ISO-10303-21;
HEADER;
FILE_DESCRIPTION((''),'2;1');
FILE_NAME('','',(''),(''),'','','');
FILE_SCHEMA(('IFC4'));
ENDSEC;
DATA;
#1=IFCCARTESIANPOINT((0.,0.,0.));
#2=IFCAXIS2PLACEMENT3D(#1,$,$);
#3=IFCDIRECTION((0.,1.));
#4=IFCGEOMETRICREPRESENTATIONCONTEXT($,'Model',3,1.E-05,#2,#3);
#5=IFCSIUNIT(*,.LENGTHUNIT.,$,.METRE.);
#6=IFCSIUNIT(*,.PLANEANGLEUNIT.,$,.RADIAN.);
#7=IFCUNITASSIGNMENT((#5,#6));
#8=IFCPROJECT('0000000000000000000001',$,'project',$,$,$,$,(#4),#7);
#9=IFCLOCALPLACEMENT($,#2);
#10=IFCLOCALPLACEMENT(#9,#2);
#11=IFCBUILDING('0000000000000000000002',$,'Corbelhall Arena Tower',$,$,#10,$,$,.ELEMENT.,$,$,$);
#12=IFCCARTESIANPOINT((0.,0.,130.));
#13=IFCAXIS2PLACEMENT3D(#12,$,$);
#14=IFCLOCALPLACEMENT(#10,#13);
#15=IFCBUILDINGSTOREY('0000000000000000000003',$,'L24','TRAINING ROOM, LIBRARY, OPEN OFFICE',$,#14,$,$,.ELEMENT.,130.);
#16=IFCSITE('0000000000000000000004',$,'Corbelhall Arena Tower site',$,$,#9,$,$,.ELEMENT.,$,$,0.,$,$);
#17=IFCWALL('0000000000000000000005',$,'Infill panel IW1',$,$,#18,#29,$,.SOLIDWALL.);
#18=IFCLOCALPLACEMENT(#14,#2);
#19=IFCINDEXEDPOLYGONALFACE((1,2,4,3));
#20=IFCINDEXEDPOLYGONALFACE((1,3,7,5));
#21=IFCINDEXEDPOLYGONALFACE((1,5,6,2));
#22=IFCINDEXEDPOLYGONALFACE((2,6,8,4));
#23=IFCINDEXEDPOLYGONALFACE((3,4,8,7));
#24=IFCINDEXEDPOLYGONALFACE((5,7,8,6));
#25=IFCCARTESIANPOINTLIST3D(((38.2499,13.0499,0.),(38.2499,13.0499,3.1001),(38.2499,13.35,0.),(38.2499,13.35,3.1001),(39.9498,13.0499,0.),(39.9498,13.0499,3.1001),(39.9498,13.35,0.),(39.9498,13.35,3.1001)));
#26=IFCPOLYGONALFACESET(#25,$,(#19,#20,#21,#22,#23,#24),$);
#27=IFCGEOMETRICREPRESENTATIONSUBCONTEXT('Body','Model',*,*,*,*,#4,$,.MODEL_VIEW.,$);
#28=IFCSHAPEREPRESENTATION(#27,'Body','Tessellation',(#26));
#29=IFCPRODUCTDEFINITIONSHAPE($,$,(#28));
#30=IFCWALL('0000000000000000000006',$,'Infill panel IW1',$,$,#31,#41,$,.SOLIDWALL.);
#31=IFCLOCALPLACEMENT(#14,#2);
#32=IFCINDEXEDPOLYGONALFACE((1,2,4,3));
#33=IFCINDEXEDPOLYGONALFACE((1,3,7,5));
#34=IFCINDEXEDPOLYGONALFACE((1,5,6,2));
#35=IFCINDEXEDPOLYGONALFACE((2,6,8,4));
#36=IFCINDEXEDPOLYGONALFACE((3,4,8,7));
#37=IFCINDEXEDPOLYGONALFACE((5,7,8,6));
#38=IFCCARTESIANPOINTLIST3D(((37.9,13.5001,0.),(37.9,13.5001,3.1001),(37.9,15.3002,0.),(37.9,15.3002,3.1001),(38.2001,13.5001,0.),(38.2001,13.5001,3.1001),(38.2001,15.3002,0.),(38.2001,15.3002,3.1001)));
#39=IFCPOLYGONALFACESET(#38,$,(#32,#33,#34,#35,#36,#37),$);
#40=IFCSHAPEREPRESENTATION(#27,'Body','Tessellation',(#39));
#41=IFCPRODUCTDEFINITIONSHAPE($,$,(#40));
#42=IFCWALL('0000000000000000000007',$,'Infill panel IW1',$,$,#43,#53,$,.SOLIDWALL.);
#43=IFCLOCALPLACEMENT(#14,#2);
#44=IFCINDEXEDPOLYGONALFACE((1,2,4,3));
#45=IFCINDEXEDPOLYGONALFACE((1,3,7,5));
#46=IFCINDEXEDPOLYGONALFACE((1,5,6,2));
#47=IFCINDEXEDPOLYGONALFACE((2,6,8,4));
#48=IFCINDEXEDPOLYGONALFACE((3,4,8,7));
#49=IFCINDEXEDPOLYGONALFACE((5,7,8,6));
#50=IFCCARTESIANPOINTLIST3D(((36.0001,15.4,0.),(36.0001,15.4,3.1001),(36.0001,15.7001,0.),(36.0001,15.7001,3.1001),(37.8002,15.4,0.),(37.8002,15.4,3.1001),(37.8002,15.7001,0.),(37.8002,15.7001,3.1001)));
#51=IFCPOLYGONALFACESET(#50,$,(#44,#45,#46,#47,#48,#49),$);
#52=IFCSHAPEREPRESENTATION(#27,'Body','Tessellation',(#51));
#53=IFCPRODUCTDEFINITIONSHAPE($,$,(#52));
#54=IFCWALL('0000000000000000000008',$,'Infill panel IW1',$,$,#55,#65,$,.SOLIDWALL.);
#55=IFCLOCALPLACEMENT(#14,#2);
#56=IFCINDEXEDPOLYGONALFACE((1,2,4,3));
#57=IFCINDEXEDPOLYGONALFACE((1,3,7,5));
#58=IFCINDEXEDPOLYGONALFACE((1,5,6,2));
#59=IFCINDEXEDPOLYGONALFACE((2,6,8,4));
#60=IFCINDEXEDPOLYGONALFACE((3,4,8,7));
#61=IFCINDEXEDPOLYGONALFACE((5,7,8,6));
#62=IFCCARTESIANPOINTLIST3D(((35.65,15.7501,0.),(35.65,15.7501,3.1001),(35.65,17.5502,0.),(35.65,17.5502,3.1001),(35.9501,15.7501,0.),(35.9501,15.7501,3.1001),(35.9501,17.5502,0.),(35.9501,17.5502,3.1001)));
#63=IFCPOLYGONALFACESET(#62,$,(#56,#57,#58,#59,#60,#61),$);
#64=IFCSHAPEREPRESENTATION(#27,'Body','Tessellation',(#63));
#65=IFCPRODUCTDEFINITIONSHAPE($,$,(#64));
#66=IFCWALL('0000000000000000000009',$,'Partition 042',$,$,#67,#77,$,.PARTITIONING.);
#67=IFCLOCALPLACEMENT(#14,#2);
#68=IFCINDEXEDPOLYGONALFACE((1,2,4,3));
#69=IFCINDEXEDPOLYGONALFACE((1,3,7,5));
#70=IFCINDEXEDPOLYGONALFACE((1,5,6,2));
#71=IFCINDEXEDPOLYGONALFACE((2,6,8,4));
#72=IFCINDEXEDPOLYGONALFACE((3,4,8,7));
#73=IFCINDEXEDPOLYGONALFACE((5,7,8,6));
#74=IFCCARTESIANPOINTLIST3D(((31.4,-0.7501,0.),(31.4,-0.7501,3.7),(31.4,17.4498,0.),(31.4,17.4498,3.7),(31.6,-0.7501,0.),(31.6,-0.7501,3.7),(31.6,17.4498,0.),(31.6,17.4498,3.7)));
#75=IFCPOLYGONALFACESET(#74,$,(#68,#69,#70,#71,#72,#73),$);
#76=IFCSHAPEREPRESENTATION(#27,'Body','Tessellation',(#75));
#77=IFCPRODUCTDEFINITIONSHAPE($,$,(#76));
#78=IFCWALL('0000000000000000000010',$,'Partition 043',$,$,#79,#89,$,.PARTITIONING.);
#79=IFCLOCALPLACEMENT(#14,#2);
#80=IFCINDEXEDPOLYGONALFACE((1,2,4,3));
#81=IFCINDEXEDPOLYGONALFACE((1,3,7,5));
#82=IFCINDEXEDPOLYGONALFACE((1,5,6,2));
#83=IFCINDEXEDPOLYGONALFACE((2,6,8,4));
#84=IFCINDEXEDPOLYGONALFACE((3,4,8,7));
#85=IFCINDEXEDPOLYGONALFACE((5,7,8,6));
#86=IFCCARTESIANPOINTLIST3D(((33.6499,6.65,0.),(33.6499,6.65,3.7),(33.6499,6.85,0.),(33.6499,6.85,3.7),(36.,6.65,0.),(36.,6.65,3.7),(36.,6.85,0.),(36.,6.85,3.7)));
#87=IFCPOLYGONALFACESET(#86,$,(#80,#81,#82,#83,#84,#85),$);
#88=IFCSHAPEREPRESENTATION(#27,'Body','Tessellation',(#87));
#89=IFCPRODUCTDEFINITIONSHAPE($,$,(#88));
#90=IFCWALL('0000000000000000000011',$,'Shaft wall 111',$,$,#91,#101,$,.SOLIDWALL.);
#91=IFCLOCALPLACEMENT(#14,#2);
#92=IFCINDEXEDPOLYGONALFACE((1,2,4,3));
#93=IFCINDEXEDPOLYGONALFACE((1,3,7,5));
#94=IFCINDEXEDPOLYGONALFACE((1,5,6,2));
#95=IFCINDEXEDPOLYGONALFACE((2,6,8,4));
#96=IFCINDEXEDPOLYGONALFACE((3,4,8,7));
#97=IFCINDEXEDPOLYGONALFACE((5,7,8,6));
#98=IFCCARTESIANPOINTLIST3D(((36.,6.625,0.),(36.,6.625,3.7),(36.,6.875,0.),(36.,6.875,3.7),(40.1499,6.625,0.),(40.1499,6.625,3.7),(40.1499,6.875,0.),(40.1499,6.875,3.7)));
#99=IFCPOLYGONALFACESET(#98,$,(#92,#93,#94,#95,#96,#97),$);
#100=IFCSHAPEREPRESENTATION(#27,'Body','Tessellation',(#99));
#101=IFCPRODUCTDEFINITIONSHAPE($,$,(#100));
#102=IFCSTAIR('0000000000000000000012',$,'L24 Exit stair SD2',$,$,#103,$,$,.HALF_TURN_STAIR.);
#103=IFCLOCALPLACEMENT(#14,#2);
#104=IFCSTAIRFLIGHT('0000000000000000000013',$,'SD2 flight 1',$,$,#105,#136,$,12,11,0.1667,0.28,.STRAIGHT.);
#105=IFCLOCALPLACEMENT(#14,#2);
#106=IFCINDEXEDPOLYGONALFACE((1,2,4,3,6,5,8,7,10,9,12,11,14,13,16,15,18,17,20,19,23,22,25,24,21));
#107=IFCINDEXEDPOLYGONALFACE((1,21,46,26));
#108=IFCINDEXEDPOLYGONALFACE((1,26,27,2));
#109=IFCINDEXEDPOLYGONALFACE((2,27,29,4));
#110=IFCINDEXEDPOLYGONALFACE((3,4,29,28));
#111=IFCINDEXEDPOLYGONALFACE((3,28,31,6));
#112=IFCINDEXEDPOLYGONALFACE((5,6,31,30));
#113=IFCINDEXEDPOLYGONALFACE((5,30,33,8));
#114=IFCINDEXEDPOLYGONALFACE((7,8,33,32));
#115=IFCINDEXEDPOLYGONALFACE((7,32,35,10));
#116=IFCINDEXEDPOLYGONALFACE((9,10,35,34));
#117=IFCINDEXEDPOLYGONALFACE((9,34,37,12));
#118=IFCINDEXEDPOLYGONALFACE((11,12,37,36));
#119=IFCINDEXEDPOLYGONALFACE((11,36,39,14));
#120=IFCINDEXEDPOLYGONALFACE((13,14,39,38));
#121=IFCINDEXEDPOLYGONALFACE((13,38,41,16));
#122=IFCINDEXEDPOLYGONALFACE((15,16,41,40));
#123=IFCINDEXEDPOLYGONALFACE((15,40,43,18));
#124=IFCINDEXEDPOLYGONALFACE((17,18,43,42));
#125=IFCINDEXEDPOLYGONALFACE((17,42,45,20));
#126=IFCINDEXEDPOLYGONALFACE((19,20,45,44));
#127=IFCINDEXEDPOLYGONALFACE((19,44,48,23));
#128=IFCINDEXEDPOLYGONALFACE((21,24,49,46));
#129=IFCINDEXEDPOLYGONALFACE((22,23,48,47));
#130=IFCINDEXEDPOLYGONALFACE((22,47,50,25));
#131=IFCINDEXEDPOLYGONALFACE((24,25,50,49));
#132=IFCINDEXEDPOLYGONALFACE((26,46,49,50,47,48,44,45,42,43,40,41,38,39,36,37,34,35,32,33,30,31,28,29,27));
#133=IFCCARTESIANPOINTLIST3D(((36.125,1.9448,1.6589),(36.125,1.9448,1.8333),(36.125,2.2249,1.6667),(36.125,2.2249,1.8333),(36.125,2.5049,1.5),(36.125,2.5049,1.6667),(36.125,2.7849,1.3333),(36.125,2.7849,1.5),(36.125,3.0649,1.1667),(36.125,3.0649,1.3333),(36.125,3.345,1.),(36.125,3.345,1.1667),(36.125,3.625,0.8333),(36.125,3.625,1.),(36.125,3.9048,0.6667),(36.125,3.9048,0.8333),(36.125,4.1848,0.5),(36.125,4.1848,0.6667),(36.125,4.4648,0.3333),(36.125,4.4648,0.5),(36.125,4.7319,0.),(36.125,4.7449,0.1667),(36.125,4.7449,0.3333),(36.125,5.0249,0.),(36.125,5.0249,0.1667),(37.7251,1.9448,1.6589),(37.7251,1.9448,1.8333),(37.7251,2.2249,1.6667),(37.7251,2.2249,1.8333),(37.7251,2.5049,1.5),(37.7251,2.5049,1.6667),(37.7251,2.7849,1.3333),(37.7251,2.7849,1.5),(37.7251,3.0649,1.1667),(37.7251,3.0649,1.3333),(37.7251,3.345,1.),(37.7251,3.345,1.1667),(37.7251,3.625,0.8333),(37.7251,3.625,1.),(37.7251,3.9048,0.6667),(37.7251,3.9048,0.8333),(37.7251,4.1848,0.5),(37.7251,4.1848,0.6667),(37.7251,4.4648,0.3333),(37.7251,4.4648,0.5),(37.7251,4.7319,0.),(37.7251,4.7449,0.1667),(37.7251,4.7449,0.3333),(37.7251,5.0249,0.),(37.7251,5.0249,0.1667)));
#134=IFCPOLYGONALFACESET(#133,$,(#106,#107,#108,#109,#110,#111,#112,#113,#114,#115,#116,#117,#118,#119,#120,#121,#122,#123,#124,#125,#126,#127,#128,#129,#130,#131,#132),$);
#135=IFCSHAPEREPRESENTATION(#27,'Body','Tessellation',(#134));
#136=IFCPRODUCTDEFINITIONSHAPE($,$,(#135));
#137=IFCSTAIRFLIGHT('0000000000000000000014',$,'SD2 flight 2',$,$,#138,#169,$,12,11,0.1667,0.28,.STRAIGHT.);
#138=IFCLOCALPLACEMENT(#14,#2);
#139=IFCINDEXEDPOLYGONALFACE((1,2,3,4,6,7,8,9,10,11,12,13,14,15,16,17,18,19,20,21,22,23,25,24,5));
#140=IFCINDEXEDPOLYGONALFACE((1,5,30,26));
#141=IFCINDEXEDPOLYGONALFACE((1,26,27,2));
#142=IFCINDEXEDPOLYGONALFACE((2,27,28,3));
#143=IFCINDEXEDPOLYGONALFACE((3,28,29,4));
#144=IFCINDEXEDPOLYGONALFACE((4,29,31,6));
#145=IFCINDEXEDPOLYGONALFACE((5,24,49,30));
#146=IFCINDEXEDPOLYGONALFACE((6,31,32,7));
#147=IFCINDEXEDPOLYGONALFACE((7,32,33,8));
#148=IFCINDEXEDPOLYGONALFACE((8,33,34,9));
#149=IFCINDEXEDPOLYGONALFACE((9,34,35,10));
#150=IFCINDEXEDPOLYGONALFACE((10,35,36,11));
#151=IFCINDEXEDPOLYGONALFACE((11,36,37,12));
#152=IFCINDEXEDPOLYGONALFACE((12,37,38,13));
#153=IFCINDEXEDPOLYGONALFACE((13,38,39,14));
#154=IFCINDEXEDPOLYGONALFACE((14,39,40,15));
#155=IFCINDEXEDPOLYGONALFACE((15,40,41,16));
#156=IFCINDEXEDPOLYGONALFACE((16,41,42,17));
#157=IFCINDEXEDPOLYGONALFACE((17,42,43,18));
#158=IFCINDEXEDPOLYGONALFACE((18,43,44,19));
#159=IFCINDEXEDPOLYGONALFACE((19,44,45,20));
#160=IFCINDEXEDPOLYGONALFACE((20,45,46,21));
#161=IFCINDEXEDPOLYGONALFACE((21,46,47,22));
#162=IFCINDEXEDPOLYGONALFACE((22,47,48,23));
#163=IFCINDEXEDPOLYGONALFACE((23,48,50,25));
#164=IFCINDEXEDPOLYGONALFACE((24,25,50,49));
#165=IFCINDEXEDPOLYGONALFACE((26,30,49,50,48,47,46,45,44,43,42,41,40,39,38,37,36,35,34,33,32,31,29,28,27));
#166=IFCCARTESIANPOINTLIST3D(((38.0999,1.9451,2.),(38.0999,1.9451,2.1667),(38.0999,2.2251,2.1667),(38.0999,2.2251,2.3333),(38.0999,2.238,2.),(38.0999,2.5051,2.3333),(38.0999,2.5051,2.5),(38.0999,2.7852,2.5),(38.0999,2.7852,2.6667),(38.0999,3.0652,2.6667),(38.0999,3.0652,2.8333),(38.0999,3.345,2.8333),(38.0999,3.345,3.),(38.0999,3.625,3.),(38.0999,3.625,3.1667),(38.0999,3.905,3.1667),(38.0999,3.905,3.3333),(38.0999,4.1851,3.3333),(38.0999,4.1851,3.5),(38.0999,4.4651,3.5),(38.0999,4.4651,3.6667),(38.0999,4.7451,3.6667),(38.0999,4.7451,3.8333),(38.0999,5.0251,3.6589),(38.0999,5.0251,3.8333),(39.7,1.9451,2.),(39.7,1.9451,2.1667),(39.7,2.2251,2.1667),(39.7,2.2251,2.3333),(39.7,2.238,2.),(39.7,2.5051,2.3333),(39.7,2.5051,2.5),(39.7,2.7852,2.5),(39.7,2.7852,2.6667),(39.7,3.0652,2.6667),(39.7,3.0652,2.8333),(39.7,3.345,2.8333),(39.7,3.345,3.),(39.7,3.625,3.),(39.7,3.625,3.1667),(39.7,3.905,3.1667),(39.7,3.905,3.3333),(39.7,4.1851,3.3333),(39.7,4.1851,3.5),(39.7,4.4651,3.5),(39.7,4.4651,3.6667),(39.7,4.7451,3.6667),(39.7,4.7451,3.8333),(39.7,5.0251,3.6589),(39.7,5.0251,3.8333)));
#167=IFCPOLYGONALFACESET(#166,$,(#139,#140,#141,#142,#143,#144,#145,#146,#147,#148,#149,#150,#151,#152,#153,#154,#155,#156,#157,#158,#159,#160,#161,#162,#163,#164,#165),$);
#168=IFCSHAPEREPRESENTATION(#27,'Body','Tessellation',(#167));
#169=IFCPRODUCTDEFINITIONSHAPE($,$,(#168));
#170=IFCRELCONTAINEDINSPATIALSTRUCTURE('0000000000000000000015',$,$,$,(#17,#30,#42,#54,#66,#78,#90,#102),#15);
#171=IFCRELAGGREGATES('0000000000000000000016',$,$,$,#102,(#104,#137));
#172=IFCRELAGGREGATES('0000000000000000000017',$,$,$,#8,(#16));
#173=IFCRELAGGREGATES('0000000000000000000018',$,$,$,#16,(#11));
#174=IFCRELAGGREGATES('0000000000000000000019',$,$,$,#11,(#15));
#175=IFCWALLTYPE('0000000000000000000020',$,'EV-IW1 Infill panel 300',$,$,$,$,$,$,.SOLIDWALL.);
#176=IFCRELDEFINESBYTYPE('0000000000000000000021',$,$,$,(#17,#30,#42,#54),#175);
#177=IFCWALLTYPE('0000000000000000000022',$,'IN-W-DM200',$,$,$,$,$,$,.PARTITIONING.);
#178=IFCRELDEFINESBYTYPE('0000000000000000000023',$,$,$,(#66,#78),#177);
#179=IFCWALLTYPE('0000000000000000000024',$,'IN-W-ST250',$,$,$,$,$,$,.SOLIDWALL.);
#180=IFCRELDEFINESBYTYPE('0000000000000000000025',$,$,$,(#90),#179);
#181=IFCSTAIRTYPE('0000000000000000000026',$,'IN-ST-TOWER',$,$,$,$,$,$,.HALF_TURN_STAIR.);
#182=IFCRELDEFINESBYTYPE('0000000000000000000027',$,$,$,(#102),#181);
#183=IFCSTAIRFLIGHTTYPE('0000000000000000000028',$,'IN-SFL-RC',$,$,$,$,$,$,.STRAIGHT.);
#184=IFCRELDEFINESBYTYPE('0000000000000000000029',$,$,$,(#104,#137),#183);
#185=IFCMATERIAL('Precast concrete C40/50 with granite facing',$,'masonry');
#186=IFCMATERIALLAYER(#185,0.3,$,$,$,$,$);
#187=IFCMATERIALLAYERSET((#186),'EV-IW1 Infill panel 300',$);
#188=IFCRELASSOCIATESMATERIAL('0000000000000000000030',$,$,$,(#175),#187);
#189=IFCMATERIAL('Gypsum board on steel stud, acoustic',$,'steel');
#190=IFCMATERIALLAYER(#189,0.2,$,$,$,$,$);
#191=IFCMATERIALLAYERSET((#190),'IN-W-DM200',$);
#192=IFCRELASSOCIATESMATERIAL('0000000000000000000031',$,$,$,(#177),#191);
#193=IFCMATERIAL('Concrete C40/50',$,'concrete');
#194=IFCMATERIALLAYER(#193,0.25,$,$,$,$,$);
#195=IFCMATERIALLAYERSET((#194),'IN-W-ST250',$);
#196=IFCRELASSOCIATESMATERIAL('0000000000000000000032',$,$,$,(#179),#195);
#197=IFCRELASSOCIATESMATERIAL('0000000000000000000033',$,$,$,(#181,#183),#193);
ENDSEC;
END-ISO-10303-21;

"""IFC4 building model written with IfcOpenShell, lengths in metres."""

from ifc_helpers import new_model, si_unit, direction, frame, frame_2d, origin, place, context, subcontext, project, spatial, polyline, rectangle, outline, extrude, material, layer, layer_set, type_object, element, aggregate, save


model = new_model("IFC4")

# Units and contexts
model_context = context("Model", 3, precision=1e-05, world=origin(), true_north=direction((0.0, 1.0)))
body_context = subcontext(model_context, "Body", "Model", "MODEL_VIEW")
ifc_project = project(units=[si_unit("LENGTHUNIT", "METRE"), si_unit("PLANEANGLEUNIT", "RADIAN")], contexts=[model_context])

# Site, building, storey
site_placement = place(None, origin())
site = spatial("IfcSite", under=ifc_project, at=site_placement, Name="Corbelhall Arena Tower site", CompositionType="ELEMENT", RefElevation=0.0)
building_placement = place(site_placement, origin())
building = spatial("IfcBuilding", under=site, at=building_placement, Name="Corbelhall Arena Tower", CompositionType="ELEMENT")
storey_placement = place(building_placement, frame((0.0, 0.0, 130.0)))
storey = spatial("IfcBuildingStorey", under=building, at=storey_placement, Name="L24", Description="TRAINING ROOM, LIBRARY, OPEN OFFICE", CompositionType="ELEMENT", Elevation=130.0)

# Walls
ifc_material_1 = material(Name="Precast concrete C40/50 with granite facing", Category="masonry")
ifc_layer_1 = layer(ifc_material_1, 0.3)
ifc_layer_set_1 = layer_set([ifc_layer_1], Name="EV-IW1 Infill panel 300")
wall_type_1 = type_object("IfcWallType", Name="EV-IW1 Infill panel 300", PredefinedType="SOLIDWALL", material=ifc_layer_set_1)
wall_1_placement = place(storey_placement, frame((39.95, 13.2, 0.0), z_axis=(0.0, 0.0, 1.0), x_axis=(-1.0, 0.0, 0.0)))
element("IfcWall", 1, at=wall_1_placement, inside=storey, type_object=wall_type_1, Name="Infill panel IW1", PredefinedType="SOLIDWALL", context=body_context, shape_type="SweptSolid", body=[
    extrude(rectangle(XDim=1.7, YDim=0.3, at=frame_2d((0.8501, 0.0))), origin(), (0.0, 0.0, 1.0), 3.1001),
])
for number, where, z_axis, x_axis, name in (
    (2, (38.05, 15.3, 0.0), (0.0, 0.0, 1.0), (0.0, -1.0, 0.0), "Infill panel IW1"),
    (3, (37.8, 15.55, 0.0), (0.0, 0.0, 1.0), (-1.0, 0.0, 0.0), "Infill panel IW1"),
    (4, (35.8, 17.55, 0.0), (0.0, 0.0, 1.0), (0.0, -1.0, 0.0), "Infill panel IW1"),
):
    element("IfcWall", number, at=place(storey_placement, frame(where, z_axis=z_axis, x_axis=x_axis)), inside=storey, type_object=wall_type_1, Name=name, PredefinedType="SOLIDWALL", context=body_context, shape_type="SweptSolid", body=[
        extrude(rectangle(XDim=1.8, YDim=0.3, at=frame_2d((0.8999, 0.0))), origin(), (0.0, 0.0, 1.0), 3.1001),
    ])

# Walls
ifc_material_2 = material(Name="Gypsum board on steel stud, acoustic", Category="steel")
ifc_layer_2 = layer(ifc_material_2, 0.2)
ifc_layer_set_2 = layer_set([ifc_layer_2], Name="IN-W-DM200")
wall_type_2 = type_object("IfcWallType", Name="IN-W-DM200", PredefinedType="PARTITIONING", material=ifc_layer_set_2)
wall_2_placement = place(storey_placement, frame((31.5, 17.45, 0.0), z_axis=(0.0, 0.0, 1.0), x_axis=(0.0, -1.0, 0.0)))
element("IfcWall", 5, at=wall_2_placement, inside=storey, type_object=wall_type_2, Name="Partition 042", PredefinedType="PARTITIONING", context=body_context, shape_type="SweptSolid", body=[
    extrude(rectangle(XDim=18.2, YDim=0.2, at=frame_2d((9.1001, 0.0))), origin(), (0.0, 0.0, 1.0), 3.7),
])
wall_3_placement = place(storey_placement, frame((33.6499, 6.75, 0.0), z_axis=(0.0, 0.0, 1.0), x_axis=(1.0, 0.0, 0.0)))
element("IfcWall", 6, at=wall_3_placement, inside=storey, type_object=wall_type_2, Name="Partition 043", PredefinedType="PARTITIONING", context=body_context, shape_type="SweptSolid", body=[
    extrude(rectangle(XDim=2.3501, YDim=0.2, at=frame_2d((1.175, 0.0))), origin(), (0.0, 0.0, 1.0), 3.7),
])
ifc_material_3 = material(Name="Concrete C40/50", Category="concrete")
ifc_layer_3 = layer(ifc_material_3, 0.25)
ifc_layer_set_3 = layer_set([ifc_layer_3], Name="IN-W-ST250")
wall_type_3 = type_object("IfcWallType", Name="IN-W-ST250", PredefinedType="SOLIDWALL", material=ifc_layer_set_3)
wall_4_placement = place(storey_placement, frame((36.0, 6.75, 0.0), z_axis=(0.0, 0.0, 1.0), x_axis=(1.0, 0.0, 0.0)))
element("IfcWall", 7, at=wall_4_placement, inside=storey, type_object=wall_type_3, Name="Shaft wall 111", PredefinedType="SOLIDWALL", context=body_context, shape_type="SweptSolid", body=[
    extrude(rectangle(XDim=4.1499, YDim=0.25, at=frame_2d((2.075, 0.0))), origin(), (0.0, 0.0, 1.0), 3.7),
])

# Stair, stair flights
stair_type = type_object("IfcStairType", Name="IN-ST-TOWER", PredefinedType="HALF_TURN_STAIR", material=ifc_material_3)
stair_placement = place(storey_placement, origin())
stair = element("IfcStair", 8, at=stair_placement, inside=storey, type_object=stair_type, Name="L24 Exit stair SD2", PredefinedType="HALF_TURN_STAIR")
stair_flight_type = type_object("IfcStairFlightType", Name="IN-SFL-RC", PredefinedType="STRAIGHT", material=ifc_material_3)
stair_flight_1_placement = place(storey_placement, frame((36.925, 5.0249, 0.0), z_axis=(0.0, 0.0, 1.0), x_axis=(0.0, -1.0, 0.0)))
stair_flight_1 = element("IfcStairFlight", 9, at=stair_flight_1_placement, type_object=stair_flight_type, Name="SD2 flight 1", NumberOfRisers=12, NumberOfTreads=11, PredefinedType="STRAIGHT", RiserHeight=0.1667, TreadLength=0.28, context=body_context, shape_type="SweptSolid", body=[
    extrude(outline(polyline([(0.0, 0.0), (0.0, 0.1667), (0.28, 0.1667), (0.28, 0.3333), (0.5601, 0.3333), (0.5601, 0.5), (0.8401, 0.5), (0.8401, 0.6667), (1.1201, 0.6667), (1.1201, 0.8333), (1.3999, 0.8333), (1.3999, 1.0), (1.6799, 1.0), (1.6799, 1.1667), (1.96, 1.1667), (1.96, 1.3333), (2.24, 1.3333), (2.24, 1.5), (2.52, 1.5), (2.52, 1.6667), (2.8, 1.6667), (2.8, 1.8333), (3.0801, 1.8333), (3.0801, 2.0), (3.0801, 1.6589), (0.293, 0.0), (0.0, 0.0)])), frame((0.0, 0.8, 0.0), z_axis=(0.0, -1.0, 0.0), x_axis=(1.0, 0.0, 0.0)), (0.0, 0.0, 1.0), 1.6001),
])
stair_flight_2_placement = place(storey_placement, frame((38.8999, 1.9451, 2.0), z_axis=(0.0, 0.0, 1.0), x_axis=(0.0, 1.0, 0.0)))
stair_flight_2 = element("IfcStairFlight", 10, at=stair_flight_2_placement, type_object=stair_flight_type, Name="SD2 flight 2", NumberOfRisers=12, NumberOfTreads=11, PredefinedType="STRAIGHT", RiserHeight=0.1667, TreadLength=0.28, context=body_context, shape_type="SweptSolid", body=[
    extrude(outline(polyline([(0.0, 0.0), (0.0, 0.1667), (0.28, 0.1667), (0.28, 0.3333), (0.5601, 0.3333), (0.5601, 0.5), (0.8401, 0.5), (0.8401, 0.6667), (1.1201, 0.6667), (1.1201, 0.8333), (1.3999, 0.8333), (1.3999, 1.0), (1.6799, 1.0), (1.6799, 1.1667), (1.96, 1.1667), (1.96, 1.3333), (2.24, 1.3333), (2.24, 1.5), (2.52, 1.5), (2.52, 1.6667), (2.8, 1.6667), (2.8, 1.8333), (3.0801, 1.8333), (3.0801, 2.0), (3.0801, 1.6589), (0.293, 0.0), (0.0, 0.0)])), frame((0.0, 0.8, 0.0), z_axis=(0.0, -1.0, 0.0), x_axis=(1.0, 0.0, 0.0)), (0.0, 0.0, 1.0), 1.6001),
])
aggregate(stair, [stair_flight_1, stair_flight_2])

save(model, "model.ifc")
